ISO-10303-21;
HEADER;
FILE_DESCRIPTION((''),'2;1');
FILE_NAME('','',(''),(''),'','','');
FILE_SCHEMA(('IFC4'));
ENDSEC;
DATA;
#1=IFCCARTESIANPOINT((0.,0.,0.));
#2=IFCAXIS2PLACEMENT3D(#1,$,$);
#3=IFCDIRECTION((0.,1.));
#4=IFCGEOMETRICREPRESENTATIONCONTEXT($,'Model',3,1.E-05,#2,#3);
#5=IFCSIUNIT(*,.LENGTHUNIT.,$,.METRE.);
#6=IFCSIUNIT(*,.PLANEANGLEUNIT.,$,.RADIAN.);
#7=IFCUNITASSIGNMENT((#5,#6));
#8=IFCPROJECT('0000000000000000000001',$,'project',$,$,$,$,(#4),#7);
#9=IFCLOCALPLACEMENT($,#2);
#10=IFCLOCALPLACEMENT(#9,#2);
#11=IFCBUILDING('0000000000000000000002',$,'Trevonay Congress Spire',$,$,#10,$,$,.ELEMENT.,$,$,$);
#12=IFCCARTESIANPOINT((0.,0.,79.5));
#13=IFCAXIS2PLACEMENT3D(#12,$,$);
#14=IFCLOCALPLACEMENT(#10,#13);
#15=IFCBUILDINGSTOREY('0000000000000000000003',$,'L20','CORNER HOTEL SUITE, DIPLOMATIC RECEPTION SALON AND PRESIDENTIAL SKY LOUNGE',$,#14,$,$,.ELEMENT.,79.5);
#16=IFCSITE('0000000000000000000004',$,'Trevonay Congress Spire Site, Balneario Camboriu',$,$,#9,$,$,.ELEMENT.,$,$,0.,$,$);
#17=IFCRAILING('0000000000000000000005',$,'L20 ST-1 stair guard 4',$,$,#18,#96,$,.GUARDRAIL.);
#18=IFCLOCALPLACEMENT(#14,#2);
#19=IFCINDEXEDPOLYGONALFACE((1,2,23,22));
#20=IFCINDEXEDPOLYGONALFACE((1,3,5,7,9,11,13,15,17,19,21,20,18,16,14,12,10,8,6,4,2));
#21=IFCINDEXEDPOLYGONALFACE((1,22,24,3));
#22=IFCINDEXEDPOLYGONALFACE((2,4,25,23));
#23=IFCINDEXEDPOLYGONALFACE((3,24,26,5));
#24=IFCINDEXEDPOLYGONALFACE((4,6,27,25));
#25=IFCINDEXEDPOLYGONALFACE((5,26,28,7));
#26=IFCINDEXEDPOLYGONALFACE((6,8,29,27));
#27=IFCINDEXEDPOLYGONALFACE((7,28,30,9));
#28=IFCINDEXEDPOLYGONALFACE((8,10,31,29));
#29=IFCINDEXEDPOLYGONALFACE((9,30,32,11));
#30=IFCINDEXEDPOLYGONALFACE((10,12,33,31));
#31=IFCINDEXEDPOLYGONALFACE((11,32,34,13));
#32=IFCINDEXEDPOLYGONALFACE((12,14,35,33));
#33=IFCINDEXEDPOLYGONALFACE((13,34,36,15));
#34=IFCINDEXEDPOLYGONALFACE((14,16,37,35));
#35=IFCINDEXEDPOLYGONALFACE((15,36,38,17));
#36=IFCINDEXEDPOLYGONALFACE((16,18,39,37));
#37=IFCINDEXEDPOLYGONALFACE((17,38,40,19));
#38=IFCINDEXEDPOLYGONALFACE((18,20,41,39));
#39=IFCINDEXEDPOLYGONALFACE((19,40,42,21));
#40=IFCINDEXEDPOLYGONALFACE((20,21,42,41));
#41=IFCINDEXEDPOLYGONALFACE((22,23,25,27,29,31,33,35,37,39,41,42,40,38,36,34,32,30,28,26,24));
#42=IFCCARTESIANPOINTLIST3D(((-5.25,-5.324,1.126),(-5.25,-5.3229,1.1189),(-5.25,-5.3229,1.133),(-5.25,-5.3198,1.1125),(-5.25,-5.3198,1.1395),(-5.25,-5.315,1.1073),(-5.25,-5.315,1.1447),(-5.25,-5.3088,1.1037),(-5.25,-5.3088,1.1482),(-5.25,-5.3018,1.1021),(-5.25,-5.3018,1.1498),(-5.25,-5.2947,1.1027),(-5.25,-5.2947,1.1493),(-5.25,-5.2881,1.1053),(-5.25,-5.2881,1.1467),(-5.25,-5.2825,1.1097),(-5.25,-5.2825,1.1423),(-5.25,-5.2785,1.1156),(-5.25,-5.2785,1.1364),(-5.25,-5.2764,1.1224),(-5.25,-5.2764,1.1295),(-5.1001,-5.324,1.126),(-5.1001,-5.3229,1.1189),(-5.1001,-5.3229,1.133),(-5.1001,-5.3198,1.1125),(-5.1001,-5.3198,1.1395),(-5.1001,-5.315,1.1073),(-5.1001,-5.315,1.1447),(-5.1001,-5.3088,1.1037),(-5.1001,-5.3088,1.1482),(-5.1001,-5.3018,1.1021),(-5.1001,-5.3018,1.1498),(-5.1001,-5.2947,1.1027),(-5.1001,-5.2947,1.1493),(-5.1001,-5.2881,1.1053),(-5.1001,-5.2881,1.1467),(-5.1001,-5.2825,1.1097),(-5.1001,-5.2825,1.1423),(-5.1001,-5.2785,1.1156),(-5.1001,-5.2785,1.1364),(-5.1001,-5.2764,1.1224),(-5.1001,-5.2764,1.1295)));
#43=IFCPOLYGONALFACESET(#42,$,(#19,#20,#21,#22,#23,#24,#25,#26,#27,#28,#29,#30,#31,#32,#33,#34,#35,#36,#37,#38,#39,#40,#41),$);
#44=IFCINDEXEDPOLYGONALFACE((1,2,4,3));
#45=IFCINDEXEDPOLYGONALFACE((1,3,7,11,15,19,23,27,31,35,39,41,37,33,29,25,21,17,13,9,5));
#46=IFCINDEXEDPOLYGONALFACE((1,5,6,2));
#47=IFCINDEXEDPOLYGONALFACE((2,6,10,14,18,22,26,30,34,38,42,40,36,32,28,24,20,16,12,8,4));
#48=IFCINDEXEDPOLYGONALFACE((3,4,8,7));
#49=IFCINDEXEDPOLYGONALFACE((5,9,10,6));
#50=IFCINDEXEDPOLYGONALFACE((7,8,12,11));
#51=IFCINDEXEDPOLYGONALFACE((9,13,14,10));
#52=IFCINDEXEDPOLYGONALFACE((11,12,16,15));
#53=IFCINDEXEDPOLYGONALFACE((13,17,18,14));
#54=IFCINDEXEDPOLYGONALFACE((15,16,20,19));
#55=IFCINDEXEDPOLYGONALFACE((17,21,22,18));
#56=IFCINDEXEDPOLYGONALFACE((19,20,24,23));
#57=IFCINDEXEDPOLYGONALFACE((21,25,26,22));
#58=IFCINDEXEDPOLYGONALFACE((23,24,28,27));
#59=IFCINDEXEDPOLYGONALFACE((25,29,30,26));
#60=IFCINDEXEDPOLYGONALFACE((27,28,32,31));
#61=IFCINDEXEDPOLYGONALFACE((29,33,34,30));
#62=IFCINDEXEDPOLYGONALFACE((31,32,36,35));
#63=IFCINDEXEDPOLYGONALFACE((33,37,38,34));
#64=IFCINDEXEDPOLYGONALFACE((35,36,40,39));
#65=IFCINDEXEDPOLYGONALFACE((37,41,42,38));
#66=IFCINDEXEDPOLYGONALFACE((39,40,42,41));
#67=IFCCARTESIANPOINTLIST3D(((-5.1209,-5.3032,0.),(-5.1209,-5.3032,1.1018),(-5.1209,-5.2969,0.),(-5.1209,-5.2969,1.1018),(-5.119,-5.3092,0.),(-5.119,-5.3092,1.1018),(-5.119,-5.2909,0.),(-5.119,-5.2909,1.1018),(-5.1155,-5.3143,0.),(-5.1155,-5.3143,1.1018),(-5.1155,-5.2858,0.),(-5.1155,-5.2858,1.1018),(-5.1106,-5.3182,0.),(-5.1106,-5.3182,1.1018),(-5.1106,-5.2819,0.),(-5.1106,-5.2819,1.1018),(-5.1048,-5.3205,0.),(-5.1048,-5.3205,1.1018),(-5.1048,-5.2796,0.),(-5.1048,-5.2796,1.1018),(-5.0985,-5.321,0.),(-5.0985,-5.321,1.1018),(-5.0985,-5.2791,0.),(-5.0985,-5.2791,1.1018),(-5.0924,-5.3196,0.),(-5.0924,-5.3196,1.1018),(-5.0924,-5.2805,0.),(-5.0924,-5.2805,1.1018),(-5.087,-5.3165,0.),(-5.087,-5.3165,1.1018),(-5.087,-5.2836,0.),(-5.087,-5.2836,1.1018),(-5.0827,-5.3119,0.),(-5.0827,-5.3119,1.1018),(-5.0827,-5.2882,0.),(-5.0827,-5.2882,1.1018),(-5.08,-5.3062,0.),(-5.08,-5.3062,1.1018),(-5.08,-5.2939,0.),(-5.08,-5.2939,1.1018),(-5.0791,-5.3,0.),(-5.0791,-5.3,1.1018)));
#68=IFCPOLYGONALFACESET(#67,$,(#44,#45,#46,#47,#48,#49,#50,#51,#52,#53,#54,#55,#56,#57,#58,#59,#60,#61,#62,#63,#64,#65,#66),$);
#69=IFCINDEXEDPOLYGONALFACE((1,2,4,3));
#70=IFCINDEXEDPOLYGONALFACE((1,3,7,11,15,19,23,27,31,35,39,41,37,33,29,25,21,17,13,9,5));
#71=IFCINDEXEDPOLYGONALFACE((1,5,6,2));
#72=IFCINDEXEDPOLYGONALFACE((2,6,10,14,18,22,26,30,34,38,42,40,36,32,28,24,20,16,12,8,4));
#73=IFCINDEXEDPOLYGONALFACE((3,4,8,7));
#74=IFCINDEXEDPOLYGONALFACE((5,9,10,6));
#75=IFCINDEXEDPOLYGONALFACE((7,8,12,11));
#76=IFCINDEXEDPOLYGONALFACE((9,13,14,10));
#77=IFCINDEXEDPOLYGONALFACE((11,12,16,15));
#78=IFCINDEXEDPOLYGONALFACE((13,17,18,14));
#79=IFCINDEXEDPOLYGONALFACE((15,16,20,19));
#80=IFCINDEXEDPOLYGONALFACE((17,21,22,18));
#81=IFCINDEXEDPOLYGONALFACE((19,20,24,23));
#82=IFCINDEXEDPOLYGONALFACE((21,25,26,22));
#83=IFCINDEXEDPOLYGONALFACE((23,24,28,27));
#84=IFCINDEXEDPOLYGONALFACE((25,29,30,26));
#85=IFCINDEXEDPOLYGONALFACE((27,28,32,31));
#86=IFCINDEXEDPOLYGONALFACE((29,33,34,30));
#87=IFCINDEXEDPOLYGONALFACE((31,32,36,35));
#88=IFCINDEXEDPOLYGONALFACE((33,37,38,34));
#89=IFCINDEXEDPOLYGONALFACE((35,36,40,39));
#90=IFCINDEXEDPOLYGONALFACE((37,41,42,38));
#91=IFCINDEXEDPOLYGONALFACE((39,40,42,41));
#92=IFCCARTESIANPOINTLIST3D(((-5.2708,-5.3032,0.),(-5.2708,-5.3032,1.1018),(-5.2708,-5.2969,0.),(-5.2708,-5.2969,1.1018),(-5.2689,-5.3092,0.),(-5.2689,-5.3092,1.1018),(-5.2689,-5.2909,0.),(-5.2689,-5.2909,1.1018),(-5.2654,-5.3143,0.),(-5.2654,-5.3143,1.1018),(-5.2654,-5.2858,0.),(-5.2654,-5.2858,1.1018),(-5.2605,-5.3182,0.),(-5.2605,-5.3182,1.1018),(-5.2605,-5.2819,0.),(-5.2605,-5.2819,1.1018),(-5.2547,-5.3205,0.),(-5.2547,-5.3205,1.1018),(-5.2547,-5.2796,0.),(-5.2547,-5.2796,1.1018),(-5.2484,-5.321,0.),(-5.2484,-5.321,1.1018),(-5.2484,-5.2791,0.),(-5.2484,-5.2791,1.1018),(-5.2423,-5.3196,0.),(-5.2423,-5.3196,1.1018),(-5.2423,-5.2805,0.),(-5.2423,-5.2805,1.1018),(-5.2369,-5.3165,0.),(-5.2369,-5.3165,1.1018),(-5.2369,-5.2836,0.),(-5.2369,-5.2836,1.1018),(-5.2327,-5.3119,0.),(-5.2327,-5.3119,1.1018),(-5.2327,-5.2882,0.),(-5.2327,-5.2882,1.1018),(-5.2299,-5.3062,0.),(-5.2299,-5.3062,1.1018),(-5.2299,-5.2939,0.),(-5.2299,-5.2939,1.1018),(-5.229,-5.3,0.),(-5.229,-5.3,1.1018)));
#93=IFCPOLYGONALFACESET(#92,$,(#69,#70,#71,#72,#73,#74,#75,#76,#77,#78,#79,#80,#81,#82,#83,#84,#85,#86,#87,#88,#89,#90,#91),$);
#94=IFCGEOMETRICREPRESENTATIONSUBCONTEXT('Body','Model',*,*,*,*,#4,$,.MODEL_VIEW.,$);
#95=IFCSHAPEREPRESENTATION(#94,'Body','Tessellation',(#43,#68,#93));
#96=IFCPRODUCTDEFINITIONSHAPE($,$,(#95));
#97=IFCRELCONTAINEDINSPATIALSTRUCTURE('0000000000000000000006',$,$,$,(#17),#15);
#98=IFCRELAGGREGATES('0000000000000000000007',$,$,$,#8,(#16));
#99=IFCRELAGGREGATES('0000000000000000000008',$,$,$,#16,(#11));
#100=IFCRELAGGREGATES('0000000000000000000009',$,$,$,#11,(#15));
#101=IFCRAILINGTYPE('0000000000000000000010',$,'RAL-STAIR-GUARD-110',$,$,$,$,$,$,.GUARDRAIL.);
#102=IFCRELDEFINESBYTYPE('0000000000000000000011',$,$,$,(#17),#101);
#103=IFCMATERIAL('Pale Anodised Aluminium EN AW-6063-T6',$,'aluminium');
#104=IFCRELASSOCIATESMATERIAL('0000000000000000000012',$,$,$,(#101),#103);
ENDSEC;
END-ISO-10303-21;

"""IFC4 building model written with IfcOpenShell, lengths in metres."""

from ifc_helpers import new_model, si_unit, direction, frame, origin, origin_2d, place, context, subcontext, project, spatial, circle, extrude, material, type_object, element, save


model = new_model("IFC4")

# Units and contexts
model_context = context("Model", 3, precision=1e-05, world=origin(), true_north=direction((0.0, 1.0)))
body_context = subcontext(model_context, "Body", "Model", "MODEL_VIEW")
ifc_project = project(units=[si_unit("LENGTHUNIT", "METRE"), si_unit("PLANEANGLEUNIT", "RADIAN")], contexts=[model_context])

# Site, building, storey
site_placement = place(None, origin())
site = spatial("IfcSite", under=ifc_project, at=site_placement, Name="Trevonay Congress Spire Site, Balneario Camboriu", CompositionType="ELEMENT", RefElevation=0.0)
building_placement = place(site_placement, origin())
building = spatial("IfcBuilding", under=site, at=building_placement, Name="Trevonay Congress Spire", CompositionType="ELEMENT")
storey_placement = place(building_placement, frame((0.0, 0.0, 79.5)))
storey = spatial("IfcBuildingStorey", under=building, at=storey_placement, Name="L20", Description="CORNER HOTEL SUITE, DIPLOMATIC RECEPTION SALON AND PRESIDENTIAL SKY LOUNGE", CompositionType="ELEMENT", Elevation=79.5)

# Shared definitions
ifc_material_1 = material(Name="Pale Anodised Aluminium EN AW-6063-T6", Category="aluminium")

# Railing
railing_type_1 = type_object("IfcRailingType", Name="RAL-STAIR-GUARD-110", PredefinedType="GUARDRAIL", material=ifc_material_1)
railing_1_placement = place(storey_placement, frame((-5.1001, -5.3, 0.0)))
element("IfcRailing", 1, at=railing_1_placement, inside=storey, type_object=railing_type_1, Name="L20 ST-1 stair guard 4", PredefinedType="GUARDRAIL", context=body_context, shape_type="SweptSolid", body=[
    extrude(circle(Radius=0.0239, at=origin_2d()), frame((0.0, 0.0, 1.126), z_axis=(-1.0, 0.0, 0.0), x_axis=(0.0, -1.0, 0.0)), (0.0, 0.0, 1.0), 0.1499),
    extrude(circle(Radius=0.021, at=origin_2d()), origin(), (0.0, 0.0, 1.0), 1.1018),
    extrude(circle(Radius=0.021, at=origin_2d()), frame((-0.1499, 0.0, 0.0)), (0.0, 0.0, 1.0), 1.1018),
])

save(model, "model.ifc")
